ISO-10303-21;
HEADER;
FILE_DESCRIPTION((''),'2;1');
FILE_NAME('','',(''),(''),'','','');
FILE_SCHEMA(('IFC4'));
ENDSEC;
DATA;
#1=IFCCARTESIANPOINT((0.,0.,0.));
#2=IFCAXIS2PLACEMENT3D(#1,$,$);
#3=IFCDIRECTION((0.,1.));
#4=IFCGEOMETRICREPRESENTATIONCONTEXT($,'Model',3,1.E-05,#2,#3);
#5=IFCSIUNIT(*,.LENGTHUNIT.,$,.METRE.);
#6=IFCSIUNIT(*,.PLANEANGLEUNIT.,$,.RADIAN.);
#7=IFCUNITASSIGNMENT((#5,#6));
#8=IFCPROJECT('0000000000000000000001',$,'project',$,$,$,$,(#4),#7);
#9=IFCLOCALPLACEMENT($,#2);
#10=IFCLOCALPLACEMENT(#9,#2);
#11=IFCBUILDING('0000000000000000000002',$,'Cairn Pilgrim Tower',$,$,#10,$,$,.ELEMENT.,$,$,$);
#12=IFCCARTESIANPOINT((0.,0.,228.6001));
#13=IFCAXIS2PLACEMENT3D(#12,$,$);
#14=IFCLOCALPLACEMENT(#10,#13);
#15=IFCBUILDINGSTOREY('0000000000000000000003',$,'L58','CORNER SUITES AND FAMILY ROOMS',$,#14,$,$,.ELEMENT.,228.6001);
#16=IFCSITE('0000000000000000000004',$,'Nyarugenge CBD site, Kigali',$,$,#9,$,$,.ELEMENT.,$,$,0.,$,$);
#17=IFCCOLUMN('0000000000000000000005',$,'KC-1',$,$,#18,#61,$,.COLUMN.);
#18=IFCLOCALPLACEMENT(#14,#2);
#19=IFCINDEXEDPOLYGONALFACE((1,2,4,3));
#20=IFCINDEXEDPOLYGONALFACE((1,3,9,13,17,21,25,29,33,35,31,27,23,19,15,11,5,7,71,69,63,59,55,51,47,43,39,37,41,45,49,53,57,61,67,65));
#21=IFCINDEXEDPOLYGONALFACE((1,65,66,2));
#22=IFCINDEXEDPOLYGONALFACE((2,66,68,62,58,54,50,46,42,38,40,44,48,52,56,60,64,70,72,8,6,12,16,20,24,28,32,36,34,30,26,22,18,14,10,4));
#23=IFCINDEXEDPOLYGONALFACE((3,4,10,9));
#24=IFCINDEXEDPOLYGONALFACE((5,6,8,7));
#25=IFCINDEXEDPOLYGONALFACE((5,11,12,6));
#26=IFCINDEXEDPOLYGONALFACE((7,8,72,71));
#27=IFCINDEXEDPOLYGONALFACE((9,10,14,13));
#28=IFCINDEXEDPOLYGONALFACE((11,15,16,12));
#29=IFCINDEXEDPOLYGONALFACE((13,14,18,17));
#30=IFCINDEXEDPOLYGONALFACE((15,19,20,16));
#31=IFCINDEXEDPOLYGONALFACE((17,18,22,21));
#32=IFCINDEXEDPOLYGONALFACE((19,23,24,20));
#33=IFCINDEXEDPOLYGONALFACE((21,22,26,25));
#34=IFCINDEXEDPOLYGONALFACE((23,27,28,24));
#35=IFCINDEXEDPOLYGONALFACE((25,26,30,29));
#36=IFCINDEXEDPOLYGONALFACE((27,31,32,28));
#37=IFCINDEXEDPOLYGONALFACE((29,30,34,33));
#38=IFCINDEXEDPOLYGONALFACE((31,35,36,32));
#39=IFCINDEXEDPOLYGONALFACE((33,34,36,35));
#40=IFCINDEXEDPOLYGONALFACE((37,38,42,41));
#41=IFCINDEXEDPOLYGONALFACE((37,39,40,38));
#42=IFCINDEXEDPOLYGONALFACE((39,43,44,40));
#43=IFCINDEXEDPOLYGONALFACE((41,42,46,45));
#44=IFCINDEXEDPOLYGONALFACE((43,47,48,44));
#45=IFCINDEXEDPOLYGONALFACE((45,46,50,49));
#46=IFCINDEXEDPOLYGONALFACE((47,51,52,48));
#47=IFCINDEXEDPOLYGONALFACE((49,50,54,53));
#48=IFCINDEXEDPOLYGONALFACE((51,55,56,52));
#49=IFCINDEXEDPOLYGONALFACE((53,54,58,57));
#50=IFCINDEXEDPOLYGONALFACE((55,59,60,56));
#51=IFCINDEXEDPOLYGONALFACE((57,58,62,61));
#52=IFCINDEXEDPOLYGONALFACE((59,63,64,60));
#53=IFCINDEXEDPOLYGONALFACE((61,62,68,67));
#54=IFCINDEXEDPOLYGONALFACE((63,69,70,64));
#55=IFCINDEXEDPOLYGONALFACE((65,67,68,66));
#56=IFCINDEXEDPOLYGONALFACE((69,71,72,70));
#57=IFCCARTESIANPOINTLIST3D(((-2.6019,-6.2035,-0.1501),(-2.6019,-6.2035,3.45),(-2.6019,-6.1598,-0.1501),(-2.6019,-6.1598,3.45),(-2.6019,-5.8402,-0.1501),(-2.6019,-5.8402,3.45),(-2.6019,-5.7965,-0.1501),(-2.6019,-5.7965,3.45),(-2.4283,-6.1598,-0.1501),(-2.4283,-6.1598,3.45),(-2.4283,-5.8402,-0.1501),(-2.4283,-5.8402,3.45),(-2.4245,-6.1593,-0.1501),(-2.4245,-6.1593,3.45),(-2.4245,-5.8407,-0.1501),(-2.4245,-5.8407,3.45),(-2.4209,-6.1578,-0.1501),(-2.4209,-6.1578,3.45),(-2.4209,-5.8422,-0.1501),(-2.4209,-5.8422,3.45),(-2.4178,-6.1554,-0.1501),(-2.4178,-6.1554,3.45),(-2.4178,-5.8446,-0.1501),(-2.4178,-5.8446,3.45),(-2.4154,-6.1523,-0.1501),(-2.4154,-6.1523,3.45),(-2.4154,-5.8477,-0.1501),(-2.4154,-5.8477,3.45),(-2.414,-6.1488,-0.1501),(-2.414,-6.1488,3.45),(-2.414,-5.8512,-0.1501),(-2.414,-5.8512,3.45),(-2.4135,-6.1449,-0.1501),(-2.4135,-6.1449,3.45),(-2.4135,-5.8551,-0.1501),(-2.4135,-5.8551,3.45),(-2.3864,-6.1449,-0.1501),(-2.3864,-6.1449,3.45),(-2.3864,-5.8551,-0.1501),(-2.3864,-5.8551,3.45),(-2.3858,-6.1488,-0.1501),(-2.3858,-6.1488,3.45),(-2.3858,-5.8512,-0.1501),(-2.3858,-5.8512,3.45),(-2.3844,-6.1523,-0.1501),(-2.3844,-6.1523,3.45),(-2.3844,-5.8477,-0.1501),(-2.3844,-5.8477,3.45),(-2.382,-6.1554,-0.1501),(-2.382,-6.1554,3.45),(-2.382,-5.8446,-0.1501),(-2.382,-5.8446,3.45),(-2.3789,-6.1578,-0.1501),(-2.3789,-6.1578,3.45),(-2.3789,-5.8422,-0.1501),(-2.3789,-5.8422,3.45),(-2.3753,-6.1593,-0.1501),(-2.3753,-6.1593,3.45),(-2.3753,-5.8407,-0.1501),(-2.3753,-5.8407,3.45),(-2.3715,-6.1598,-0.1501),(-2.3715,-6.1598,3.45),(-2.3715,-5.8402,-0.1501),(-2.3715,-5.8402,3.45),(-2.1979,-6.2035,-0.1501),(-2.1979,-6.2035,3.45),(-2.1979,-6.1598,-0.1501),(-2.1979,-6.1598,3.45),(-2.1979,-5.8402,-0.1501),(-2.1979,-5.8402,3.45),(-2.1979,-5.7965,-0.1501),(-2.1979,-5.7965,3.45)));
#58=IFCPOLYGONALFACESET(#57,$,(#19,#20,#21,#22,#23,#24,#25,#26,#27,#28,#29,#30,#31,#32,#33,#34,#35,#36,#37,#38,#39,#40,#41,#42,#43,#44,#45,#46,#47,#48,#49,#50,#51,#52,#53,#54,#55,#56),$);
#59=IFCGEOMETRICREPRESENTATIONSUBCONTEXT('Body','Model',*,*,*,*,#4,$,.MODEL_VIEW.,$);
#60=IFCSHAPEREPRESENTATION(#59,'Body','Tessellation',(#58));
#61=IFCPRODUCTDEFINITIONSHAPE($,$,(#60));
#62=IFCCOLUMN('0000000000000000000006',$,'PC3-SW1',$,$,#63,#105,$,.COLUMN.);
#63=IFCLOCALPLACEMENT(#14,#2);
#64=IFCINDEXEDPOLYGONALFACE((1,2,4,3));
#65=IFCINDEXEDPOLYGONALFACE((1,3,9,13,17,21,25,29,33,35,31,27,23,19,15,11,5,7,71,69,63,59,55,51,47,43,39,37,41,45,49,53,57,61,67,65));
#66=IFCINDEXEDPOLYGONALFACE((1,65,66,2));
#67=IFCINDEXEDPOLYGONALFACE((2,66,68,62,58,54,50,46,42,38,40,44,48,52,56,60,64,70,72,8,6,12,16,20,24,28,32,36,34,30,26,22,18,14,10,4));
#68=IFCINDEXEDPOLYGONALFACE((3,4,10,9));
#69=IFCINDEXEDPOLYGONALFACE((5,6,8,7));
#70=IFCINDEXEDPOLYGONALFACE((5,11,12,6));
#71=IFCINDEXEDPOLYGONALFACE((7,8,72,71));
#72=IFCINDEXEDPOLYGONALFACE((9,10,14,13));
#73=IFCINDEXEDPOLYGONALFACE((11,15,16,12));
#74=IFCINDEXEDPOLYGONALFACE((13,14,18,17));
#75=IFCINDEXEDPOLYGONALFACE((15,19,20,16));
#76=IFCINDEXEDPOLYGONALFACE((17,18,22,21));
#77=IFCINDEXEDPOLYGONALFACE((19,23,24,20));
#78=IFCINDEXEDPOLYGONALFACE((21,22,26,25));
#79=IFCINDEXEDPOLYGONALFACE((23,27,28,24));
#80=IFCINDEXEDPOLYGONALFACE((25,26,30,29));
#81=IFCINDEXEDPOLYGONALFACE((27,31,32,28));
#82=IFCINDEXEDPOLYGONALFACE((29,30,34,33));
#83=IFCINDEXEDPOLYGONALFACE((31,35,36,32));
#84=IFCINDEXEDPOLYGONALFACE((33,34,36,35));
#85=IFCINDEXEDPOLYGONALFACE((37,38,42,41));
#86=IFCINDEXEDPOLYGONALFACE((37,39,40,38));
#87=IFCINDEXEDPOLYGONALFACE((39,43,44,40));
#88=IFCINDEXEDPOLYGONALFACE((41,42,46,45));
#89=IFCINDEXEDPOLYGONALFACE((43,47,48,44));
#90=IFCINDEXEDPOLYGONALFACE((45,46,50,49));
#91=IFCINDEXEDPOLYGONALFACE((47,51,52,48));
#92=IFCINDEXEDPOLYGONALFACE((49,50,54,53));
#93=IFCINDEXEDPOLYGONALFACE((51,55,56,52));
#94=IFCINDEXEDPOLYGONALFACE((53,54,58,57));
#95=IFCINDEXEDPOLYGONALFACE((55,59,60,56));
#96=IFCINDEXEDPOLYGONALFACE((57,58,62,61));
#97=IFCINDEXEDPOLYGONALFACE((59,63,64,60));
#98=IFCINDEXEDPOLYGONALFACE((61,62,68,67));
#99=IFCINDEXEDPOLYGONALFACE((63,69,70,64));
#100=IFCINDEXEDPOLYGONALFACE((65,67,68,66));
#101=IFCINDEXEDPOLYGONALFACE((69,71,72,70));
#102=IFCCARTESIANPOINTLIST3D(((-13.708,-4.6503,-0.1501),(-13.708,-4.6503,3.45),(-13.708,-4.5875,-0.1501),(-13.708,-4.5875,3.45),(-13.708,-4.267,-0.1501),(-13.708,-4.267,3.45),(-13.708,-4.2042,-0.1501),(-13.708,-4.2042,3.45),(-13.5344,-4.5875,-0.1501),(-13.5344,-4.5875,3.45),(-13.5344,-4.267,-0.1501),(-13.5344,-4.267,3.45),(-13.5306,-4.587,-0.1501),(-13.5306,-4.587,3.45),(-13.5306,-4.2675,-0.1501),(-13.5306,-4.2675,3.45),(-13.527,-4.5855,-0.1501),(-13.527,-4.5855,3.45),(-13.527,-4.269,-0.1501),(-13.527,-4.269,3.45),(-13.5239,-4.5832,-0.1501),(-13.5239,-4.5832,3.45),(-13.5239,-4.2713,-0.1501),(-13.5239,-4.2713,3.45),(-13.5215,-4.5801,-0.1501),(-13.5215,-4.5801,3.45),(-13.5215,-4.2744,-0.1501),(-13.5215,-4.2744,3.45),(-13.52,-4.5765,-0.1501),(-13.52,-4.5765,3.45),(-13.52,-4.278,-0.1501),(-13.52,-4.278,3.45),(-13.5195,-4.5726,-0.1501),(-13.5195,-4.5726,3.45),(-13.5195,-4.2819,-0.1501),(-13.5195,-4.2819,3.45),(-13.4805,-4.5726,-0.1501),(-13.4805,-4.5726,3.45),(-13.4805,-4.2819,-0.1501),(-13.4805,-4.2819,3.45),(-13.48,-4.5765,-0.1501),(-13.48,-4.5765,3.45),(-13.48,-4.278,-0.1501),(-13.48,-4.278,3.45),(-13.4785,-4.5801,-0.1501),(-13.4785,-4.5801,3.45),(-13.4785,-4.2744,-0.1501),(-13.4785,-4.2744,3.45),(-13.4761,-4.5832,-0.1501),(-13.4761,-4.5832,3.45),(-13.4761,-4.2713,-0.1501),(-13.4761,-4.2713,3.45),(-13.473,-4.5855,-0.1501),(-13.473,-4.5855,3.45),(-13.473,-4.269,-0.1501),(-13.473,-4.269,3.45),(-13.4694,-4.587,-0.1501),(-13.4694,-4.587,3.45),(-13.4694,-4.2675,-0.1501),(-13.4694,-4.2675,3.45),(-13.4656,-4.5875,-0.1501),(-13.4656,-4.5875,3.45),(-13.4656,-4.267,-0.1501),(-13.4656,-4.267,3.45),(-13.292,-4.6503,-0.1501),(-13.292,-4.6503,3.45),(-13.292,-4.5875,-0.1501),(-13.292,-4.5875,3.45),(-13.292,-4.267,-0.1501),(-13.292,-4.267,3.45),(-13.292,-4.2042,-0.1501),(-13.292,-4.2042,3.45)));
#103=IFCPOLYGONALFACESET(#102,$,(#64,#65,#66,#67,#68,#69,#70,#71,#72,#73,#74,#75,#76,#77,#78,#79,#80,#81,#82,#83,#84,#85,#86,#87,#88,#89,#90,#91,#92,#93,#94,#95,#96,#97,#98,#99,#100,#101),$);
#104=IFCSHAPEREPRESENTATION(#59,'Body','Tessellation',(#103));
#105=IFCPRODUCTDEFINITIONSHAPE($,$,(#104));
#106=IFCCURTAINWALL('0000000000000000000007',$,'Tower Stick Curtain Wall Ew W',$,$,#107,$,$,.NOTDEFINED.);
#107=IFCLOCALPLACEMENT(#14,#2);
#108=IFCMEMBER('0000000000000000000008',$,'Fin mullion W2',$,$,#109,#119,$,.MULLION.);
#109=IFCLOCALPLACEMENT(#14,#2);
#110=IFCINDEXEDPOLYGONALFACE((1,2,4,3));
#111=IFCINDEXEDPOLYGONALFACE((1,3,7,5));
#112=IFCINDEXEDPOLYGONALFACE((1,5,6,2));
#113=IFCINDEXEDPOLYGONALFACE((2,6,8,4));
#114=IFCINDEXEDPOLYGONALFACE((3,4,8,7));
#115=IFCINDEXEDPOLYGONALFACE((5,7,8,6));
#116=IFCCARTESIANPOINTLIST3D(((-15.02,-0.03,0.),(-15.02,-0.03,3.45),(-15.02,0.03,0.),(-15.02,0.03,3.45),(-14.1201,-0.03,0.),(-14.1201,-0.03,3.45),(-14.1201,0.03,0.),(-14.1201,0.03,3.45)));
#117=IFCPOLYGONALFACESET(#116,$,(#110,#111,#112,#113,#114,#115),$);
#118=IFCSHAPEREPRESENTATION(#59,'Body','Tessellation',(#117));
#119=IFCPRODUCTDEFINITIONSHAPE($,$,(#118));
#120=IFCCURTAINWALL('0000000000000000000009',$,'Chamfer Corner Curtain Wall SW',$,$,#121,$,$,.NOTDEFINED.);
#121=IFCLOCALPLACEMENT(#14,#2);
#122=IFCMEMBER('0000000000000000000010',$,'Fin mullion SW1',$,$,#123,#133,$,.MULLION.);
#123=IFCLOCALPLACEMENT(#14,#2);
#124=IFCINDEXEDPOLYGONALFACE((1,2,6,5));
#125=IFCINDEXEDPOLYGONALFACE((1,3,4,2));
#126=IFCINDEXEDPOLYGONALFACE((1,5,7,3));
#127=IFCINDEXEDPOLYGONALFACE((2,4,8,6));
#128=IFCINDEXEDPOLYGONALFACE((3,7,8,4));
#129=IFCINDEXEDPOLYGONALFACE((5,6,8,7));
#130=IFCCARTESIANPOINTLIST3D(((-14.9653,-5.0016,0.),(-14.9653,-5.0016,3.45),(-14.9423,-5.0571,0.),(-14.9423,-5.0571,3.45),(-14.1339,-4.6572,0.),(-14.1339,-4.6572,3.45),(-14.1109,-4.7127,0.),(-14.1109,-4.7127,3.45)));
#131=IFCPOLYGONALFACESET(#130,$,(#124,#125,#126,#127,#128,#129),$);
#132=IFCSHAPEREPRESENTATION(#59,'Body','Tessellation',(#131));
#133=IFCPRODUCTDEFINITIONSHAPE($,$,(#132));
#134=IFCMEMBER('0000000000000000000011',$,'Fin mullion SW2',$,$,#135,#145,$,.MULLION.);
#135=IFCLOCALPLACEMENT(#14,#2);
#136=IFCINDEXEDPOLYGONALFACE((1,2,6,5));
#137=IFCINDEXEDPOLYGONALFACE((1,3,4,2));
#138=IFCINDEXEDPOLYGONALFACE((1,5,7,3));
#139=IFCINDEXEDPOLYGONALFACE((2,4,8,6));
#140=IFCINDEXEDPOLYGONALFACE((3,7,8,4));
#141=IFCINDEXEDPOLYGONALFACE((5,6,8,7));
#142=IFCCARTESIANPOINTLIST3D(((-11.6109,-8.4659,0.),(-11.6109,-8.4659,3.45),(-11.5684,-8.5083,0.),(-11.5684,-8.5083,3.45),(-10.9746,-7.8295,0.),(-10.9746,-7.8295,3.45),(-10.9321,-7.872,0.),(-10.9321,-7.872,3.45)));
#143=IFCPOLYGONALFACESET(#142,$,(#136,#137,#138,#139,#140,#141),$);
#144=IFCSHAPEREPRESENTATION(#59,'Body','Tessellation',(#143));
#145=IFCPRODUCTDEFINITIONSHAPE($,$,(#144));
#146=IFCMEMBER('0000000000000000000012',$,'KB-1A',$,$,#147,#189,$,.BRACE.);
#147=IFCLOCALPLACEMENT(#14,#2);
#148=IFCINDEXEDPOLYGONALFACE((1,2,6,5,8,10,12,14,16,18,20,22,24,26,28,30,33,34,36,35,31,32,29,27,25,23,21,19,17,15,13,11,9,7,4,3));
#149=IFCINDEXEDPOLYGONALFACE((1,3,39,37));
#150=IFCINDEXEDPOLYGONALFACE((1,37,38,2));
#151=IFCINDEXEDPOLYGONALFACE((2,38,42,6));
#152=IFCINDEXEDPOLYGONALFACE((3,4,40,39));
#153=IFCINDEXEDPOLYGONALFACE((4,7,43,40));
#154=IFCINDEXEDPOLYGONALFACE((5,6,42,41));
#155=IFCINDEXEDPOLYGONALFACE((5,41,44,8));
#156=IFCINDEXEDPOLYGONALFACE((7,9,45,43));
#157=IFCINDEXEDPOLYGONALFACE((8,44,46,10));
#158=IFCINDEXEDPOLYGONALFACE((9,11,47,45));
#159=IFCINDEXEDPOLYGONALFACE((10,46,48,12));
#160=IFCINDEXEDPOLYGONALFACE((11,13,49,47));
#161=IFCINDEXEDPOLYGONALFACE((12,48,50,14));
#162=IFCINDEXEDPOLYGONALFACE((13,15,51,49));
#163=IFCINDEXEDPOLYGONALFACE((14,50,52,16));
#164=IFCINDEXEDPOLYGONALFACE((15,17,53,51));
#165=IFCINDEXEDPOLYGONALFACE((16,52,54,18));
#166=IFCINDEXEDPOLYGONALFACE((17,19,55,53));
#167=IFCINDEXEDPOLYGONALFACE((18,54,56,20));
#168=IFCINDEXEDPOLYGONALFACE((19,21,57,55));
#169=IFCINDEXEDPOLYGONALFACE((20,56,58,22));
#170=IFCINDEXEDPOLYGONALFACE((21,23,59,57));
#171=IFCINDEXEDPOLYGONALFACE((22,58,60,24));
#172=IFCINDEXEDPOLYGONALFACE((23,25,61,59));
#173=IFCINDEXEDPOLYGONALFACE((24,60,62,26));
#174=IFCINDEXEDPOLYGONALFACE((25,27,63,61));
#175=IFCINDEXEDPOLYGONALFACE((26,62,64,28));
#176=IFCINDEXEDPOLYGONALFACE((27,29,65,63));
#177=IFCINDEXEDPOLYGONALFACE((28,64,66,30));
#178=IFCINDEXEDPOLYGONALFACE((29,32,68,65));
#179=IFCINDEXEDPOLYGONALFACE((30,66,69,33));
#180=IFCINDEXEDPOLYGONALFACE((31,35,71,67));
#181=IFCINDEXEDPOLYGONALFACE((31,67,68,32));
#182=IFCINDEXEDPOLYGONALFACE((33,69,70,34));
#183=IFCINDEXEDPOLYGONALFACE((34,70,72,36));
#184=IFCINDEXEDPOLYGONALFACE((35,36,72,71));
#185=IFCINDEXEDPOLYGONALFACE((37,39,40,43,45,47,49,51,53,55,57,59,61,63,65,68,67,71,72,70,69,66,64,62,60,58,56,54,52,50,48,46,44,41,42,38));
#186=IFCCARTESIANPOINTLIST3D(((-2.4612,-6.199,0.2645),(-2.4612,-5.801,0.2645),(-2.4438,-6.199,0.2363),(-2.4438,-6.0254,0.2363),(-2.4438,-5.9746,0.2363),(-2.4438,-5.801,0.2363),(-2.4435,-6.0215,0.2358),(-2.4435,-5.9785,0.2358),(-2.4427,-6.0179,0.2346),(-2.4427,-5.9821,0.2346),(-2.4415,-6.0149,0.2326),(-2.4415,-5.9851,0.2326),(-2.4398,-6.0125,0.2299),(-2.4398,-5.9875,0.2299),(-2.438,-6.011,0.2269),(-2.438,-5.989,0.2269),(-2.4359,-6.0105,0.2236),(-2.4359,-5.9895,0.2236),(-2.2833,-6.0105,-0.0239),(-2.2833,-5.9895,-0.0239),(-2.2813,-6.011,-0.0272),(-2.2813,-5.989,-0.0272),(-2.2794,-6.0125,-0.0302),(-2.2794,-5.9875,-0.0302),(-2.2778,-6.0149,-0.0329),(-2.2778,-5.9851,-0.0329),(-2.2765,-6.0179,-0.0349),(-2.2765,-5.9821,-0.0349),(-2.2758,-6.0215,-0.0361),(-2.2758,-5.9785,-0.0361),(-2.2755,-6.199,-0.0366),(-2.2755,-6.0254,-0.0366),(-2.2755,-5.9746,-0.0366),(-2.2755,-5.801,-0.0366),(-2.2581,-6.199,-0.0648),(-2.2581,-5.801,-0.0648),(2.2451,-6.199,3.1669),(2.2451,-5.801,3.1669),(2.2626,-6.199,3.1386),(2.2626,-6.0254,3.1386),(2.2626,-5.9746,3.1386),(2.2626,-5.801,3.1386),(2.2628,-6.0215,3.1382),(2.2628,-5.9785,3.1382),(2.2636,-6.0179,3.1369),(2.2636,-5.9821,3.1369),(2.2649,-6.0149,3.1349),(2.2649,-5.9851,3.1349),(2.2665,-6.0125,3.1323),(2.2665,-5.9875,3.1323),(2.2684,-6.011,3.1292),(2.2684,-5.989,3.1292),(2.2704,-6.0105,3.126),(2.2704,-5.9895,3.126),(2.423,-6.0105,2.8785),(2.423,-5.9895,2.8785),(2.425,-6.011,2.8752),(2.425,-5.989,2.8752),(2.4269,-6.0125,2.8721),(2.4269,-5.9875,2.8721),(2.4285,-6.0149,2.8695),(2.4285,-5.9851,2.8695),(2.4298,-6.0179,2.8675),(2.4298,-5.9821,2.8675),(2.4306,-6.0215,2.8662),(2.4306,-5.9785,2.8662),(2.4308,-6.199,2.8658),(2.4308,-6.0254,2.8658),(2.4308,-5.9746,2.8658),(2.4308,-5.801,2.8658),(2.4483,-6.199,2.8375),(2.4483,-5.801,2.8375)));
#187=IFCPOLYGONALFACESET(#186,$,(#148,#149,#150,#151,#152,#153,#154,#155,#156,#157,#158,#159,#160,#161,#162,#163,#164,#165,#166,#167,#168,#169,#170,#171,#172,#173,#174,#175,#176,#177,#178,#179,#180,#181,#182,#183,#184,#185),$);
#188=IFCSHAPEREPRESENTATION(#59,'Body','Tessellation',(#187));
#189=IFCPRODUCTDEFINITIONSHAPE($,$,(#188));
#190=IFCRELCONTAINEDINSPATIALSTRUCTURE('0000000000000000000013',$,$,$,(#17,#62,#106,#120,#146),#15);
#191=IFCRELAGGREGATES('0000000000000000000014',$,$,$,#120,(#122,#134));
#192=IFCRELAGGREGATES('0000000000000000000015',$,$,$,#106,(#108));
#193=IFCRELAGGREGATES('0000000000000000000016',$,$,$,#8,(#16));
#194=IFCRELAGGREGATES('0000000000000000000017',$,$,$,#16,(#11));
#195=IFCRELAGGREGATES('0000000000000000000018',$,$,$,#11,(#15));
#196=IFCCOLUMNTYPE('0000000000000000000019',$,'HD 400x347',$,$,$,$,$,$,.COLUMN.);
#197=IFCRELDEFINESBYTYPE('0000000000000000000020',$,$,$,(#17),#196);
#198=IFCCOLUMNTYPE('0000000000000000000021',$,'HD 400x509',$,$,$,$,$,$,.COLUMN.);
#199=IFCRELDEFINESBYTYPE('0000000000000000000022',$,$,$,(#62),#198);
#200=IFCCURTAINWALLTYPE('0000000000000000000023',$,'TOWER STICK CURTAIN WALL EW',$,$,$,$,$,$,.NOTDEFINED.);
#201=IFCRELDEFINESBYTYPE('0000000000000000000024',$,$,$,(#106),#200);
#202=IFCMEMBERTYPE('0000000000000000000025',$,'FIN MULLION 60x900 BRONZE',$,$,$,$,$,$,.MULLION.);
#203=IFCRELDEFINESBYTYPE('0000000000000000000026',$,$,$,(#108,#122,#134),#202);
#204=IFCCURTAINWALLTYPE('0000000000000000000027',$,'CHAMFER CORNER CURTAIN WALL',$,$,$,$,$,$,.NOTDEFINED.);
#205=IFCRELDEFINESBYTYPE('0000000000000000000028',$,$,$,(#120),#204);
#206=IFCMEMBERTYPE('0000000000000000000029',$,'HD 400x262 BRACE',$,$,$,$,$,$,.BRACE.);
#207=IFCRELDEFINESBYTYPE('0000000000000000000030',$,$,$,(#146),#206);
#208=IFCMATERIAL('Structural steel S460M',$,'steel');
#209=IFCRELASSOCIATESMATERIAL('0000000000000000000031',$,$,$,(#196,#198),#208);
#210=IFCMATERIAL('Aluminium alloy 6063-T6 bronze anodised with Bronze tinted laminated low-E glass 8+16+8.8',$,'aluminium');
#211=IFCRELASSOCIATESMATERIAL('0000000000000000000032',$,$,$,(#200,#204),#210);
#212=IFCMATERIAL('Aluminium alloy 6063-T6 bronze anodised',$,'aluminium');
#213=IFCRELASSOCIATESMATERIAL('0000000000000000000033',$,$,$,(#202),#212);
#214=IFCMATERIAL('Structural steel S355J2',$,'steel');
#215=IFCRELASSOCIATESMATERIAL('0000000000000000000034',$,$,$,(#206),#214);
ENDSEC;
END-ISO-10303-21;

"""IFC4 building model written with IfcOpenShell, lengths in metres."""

from ifc_helpers import new_model, si_unit, direction, frame, origin, origin_2d, place, context, subcontext, project, spatial, rectangle, i_section, extrude, material, material_profile, profile_set, type_object, element, aggregate, save


model = new_model("IFC4")

# Units and contexts
model_context = context("Model", 3, precision=1e-05, world=origin(), true_north=direction((0.0, 1.0)))
body_context = subcontext(model_context, "Body", "Model", "MODEL_VIEW")
ifc_project = project(units=[si_unit("LENGTHUNIT", "METRE"), si_unit("PLANEANGLEUNIT", "RADIAN")], contexts=[model_context])

# Site, building, storey
site_placement = place(None, origin())
site = spatial("IfcSite", under=ifc_project, at=site_placement, Name="Nyarugenge CBD site, Kigali", CompositionType="ELEMENT", RefElevation=0.0)
building_placement = place(site_placement, origin())
building = spatial("IfcBuilding", under=site, at=building_placement, Name="Cairn Pilgrim Tower", CompositionType="ELEMENT")
storey_placement = place(building_placement, frame((0.0, 0.0, 228.6001)))
storey = spatial("IfcBuildingStorey", under=building, at=storey_placement, Name="L58", Description="CORNER SUITES AND FAMILY ROOMS", CompositionType="ELEMENT", Elevation=228.6001)

# Columns
ifc_material_1 = material(Name="Structural steel S460M", Category="steel")
ifc_material_profile_1 = material_profile(ifc_material_1, i_section(OverallWidth=0.4041, OverallDepth=0.407, WebThickness=0.0271, FlangeThickness=0.0437, FilletRadius=0.0149, at=origin_2d()), Name="HD 400x347")
ifc_profile_set_1 = profile_set([ifc_material_profile_1], Name="Structural steel S460M")
column_type_1 = type_object("IfcColumnType", Name="HD 400x347", PredefinedType="COLUMN", material=ifc_profile_set_1)
column_1_placement = place(storey_placement, frame((-2.3999, -6.0, -0.1501), z_axis=(0.0, 0.0, 1.0), x_axis=(1.0, 0.0, 0.0)))
element("IfcColumn", 1, at=column_1_placement, inside=storey, type_object=column_type_1, Name="KC-1", PredefinedType="COLUMN", context=body_context, shape_type="SweptSolid", body=[
    extrude(i_section(OverallWidth=0.4041, OverallDepth=0.407, WebThickness=0.0271, FlangeThickness=0.0437, FilletRadius=0.0149, at=origin_2d()), origin(), (0.0, 0.0, 1.0), 3.6001),
])
ifc_material_profile_2 = material_profile(ifc_material_1, i_section(OverallWidth=0.416, OverallDepth=0.446, WebThickness=0.0391, FlangeThickness=0.0627, FilletRadius=0.0149, at=origin_2d()), Name="HD 400x509")
ifc_profile_set_2 = profile_set([ifc_material_profile_2], Name="Structural steel S460M")
column_type_2 = type_object("IfcColumnType", Name="HD 400x509", PredefinedType="COLUMN", material=ifc_profile_set_2)
column_2_placement = place(storey_placement, frame((-13.5, -4.4272, -0.1501), z_axis=(0.0, 0.0, 1.0), x_axis=(1.0, 0.0, 0.0)))
element("IfcColumn", 2, at=column_2_placement, inside=storey, type_object=column_type_2, Name="PC3-SW1", PredefinedType="COLUMN", context=body_context, shape_type="SweptSolid", body=[
    extrude(i_section(OverallWidth=0.416, OverallDepth=0.446, WebThickness=0.0391, FlangeThickness=0.0627, FilletRadius=0.0149, at=origin_2d()), origin(), (0.0, 0.0, 1.0), 3.6001),
])

# Curtain wall, member
ifc_material_2 = material(Name="Aluminium alloy 6063-T6 bronze anodised with Bronze tinted laminated low-E glass 8+16+8.8", Category="aluminium")
curtain_wall_type_1 = type_object("IfcCurtainWallType", Name="TOWER STICK CURTAIN WALL EW", PredefinedType="NOTDEFINED", material=ifc_material_2)
curtain_wall_1_placement = place(storey_placement, origin())
curtain_wall_1 = element("IfcCurtainWall", 3, at=curtain_wall_1_placement, inside=storey, type_object=curtain_wall_type_1, Name="Tower Stick Curtain Wall Ew W", PredefinedType="NOTDEFINED")
ifc_material_3 = material(Name="Aluminium alloy 6063-T6 bronze anodised", Category="aluminium")
ifc_material_profile_3 = material_profile(ifc_material_3, rectangle(XDim=0.8999, YDim=0.0601, at=origin_2d()), Name="FIN MULLION 60x900 BRONZE")
ifc_profile_set_3 = profile_set([ifc_material_profile_3], Name="Aluminium alloy 6063-T6 bronze anodised")
member_type_1 = type_object("IfcMemberType", Name="FIN MULLION 60x900 BRONZE", PredefinedType="MULLION", material=ifc_profile_set_3)
member_1_placement = place(storey_placement, frame((-14.5701, 0.0, 0.0), z_axis=(0.0, 0.0, 1.0), x_axis=(-1.0, 0.0, 0.0)))
member_1 = element("IfcMember", 4, at=member_1_placement, type_object=member_type_1, Name="Fin mullion W2", PredefinedType="MULLION", context=body_context, shape_type="SweptSolid", body=[
    extrude(rectangle(XDim=0.8999, YDim=0.0601, at=origin_2d()), origin(), (0.0, 0.0, 1.0), 3.45),
])

# Curtain wall, members
curtain_wall_type_2 = type_object("IfcCurtainWallType", Name="CHAMFER CORNER CURTAIN WALL", PredefinedType="NOTDEFINED", material=ifc_material_2)
curtain_wall_2_placement = place(storey_placement, origin())
curtain_wall_2 = element("IfcCurtainWall", 5, at=curtain_wall_2_placement, inside=storey, type_object=curtain_wall_type_2, Name="Chamfer Corner Curtain Wall SW", PredefinedType="NOTDEFINED")
member_2_placement = place(storey_placement, frame((-14.5381, -4.8572, 0.0), z_axis=(0.0, 0.0, 1.0), x_axis=(-0.92388, -0.382683, 0.0)))
member_2 = element("IfcMember", 6, at=member_2_placement, type_object=member_type_1, Name="Fin mullion SW1", PredefinedType="MULLION", context=body_context, shape_type="SweptSolid", body=[
    extrude(rectangle(XDim=0.8999, YDim=0.0601, at=origin_2d()), origin(), (0.0, 0.0, 1.0), 3.45),
])
member_3_placement = place(storey_placement, frame((-11.2715, -8.1689, 0.0), z_axis=(0.0, 0.0, 1.0), x_axis=(-0.707107, -0.707107, 0.0)))
member_3 = element("IfcMember", 7, at=member_3_placement, type_object=member_type_1, Name="Fin mullion SW2", PredefinedType="MULLION", context=body_context, shape_type="SweptSolid", body=[
    extrude(rectangle(XDim=0.8999, YDim=0.0601, at=origin_2d()), origin(), (0.0, 0.0, 1.0), 3.45),
])

# Member
ifc_material_4 = material(Name="Structural steel S355J2", Category="steel")
ifc_material_profile_4 = material_profile(ifc_material_4, i_section(OverallWidth=0.3979, OverallDepth=0.387, WebThickness=0.021, FlangeThickness=0.0332, FilletRadius=0.0149, at=origin_2d()), Name="HD 400x262")
ifc_profile_set_4 = profile_set([ifc_material_profile_4], Name="Structural steel S355J2")
member_type_2 = type_object("IfcMemberType", Name="HD 400x262 BRACE", PredefinedType="BRACE", material=ifc_profile_set_4)
member_4_placement = place(storey_placement, frame((-2.3596, -6.0, 0.0999), z_axis=(0.851161, 0.0, 0.524905), x_axis=(0.0, 1.0, 0.0)))
element("IfcMember", 8, at=member_4_placement, inside=storey, type_object=member_type_2, Name="KB-1A", PredefinedType="BRACE", context=body_context, shape_type="SweptSolid", body=[
    extrude(i_section(OverallWidth=0.3979, OverallDepth=0.387, WebThickness=0.021, FlangeThickness=0.0332, FilletRadius=0.0149, at=origin_2d()), origin(), (0.0, 0.0, 1.0), 5.5293),
])

aggregate(curtain_wall_2, [member_2, member_3])
aggregate(curtain_wall_1, [member_1])

save(model, "model.ifc")
